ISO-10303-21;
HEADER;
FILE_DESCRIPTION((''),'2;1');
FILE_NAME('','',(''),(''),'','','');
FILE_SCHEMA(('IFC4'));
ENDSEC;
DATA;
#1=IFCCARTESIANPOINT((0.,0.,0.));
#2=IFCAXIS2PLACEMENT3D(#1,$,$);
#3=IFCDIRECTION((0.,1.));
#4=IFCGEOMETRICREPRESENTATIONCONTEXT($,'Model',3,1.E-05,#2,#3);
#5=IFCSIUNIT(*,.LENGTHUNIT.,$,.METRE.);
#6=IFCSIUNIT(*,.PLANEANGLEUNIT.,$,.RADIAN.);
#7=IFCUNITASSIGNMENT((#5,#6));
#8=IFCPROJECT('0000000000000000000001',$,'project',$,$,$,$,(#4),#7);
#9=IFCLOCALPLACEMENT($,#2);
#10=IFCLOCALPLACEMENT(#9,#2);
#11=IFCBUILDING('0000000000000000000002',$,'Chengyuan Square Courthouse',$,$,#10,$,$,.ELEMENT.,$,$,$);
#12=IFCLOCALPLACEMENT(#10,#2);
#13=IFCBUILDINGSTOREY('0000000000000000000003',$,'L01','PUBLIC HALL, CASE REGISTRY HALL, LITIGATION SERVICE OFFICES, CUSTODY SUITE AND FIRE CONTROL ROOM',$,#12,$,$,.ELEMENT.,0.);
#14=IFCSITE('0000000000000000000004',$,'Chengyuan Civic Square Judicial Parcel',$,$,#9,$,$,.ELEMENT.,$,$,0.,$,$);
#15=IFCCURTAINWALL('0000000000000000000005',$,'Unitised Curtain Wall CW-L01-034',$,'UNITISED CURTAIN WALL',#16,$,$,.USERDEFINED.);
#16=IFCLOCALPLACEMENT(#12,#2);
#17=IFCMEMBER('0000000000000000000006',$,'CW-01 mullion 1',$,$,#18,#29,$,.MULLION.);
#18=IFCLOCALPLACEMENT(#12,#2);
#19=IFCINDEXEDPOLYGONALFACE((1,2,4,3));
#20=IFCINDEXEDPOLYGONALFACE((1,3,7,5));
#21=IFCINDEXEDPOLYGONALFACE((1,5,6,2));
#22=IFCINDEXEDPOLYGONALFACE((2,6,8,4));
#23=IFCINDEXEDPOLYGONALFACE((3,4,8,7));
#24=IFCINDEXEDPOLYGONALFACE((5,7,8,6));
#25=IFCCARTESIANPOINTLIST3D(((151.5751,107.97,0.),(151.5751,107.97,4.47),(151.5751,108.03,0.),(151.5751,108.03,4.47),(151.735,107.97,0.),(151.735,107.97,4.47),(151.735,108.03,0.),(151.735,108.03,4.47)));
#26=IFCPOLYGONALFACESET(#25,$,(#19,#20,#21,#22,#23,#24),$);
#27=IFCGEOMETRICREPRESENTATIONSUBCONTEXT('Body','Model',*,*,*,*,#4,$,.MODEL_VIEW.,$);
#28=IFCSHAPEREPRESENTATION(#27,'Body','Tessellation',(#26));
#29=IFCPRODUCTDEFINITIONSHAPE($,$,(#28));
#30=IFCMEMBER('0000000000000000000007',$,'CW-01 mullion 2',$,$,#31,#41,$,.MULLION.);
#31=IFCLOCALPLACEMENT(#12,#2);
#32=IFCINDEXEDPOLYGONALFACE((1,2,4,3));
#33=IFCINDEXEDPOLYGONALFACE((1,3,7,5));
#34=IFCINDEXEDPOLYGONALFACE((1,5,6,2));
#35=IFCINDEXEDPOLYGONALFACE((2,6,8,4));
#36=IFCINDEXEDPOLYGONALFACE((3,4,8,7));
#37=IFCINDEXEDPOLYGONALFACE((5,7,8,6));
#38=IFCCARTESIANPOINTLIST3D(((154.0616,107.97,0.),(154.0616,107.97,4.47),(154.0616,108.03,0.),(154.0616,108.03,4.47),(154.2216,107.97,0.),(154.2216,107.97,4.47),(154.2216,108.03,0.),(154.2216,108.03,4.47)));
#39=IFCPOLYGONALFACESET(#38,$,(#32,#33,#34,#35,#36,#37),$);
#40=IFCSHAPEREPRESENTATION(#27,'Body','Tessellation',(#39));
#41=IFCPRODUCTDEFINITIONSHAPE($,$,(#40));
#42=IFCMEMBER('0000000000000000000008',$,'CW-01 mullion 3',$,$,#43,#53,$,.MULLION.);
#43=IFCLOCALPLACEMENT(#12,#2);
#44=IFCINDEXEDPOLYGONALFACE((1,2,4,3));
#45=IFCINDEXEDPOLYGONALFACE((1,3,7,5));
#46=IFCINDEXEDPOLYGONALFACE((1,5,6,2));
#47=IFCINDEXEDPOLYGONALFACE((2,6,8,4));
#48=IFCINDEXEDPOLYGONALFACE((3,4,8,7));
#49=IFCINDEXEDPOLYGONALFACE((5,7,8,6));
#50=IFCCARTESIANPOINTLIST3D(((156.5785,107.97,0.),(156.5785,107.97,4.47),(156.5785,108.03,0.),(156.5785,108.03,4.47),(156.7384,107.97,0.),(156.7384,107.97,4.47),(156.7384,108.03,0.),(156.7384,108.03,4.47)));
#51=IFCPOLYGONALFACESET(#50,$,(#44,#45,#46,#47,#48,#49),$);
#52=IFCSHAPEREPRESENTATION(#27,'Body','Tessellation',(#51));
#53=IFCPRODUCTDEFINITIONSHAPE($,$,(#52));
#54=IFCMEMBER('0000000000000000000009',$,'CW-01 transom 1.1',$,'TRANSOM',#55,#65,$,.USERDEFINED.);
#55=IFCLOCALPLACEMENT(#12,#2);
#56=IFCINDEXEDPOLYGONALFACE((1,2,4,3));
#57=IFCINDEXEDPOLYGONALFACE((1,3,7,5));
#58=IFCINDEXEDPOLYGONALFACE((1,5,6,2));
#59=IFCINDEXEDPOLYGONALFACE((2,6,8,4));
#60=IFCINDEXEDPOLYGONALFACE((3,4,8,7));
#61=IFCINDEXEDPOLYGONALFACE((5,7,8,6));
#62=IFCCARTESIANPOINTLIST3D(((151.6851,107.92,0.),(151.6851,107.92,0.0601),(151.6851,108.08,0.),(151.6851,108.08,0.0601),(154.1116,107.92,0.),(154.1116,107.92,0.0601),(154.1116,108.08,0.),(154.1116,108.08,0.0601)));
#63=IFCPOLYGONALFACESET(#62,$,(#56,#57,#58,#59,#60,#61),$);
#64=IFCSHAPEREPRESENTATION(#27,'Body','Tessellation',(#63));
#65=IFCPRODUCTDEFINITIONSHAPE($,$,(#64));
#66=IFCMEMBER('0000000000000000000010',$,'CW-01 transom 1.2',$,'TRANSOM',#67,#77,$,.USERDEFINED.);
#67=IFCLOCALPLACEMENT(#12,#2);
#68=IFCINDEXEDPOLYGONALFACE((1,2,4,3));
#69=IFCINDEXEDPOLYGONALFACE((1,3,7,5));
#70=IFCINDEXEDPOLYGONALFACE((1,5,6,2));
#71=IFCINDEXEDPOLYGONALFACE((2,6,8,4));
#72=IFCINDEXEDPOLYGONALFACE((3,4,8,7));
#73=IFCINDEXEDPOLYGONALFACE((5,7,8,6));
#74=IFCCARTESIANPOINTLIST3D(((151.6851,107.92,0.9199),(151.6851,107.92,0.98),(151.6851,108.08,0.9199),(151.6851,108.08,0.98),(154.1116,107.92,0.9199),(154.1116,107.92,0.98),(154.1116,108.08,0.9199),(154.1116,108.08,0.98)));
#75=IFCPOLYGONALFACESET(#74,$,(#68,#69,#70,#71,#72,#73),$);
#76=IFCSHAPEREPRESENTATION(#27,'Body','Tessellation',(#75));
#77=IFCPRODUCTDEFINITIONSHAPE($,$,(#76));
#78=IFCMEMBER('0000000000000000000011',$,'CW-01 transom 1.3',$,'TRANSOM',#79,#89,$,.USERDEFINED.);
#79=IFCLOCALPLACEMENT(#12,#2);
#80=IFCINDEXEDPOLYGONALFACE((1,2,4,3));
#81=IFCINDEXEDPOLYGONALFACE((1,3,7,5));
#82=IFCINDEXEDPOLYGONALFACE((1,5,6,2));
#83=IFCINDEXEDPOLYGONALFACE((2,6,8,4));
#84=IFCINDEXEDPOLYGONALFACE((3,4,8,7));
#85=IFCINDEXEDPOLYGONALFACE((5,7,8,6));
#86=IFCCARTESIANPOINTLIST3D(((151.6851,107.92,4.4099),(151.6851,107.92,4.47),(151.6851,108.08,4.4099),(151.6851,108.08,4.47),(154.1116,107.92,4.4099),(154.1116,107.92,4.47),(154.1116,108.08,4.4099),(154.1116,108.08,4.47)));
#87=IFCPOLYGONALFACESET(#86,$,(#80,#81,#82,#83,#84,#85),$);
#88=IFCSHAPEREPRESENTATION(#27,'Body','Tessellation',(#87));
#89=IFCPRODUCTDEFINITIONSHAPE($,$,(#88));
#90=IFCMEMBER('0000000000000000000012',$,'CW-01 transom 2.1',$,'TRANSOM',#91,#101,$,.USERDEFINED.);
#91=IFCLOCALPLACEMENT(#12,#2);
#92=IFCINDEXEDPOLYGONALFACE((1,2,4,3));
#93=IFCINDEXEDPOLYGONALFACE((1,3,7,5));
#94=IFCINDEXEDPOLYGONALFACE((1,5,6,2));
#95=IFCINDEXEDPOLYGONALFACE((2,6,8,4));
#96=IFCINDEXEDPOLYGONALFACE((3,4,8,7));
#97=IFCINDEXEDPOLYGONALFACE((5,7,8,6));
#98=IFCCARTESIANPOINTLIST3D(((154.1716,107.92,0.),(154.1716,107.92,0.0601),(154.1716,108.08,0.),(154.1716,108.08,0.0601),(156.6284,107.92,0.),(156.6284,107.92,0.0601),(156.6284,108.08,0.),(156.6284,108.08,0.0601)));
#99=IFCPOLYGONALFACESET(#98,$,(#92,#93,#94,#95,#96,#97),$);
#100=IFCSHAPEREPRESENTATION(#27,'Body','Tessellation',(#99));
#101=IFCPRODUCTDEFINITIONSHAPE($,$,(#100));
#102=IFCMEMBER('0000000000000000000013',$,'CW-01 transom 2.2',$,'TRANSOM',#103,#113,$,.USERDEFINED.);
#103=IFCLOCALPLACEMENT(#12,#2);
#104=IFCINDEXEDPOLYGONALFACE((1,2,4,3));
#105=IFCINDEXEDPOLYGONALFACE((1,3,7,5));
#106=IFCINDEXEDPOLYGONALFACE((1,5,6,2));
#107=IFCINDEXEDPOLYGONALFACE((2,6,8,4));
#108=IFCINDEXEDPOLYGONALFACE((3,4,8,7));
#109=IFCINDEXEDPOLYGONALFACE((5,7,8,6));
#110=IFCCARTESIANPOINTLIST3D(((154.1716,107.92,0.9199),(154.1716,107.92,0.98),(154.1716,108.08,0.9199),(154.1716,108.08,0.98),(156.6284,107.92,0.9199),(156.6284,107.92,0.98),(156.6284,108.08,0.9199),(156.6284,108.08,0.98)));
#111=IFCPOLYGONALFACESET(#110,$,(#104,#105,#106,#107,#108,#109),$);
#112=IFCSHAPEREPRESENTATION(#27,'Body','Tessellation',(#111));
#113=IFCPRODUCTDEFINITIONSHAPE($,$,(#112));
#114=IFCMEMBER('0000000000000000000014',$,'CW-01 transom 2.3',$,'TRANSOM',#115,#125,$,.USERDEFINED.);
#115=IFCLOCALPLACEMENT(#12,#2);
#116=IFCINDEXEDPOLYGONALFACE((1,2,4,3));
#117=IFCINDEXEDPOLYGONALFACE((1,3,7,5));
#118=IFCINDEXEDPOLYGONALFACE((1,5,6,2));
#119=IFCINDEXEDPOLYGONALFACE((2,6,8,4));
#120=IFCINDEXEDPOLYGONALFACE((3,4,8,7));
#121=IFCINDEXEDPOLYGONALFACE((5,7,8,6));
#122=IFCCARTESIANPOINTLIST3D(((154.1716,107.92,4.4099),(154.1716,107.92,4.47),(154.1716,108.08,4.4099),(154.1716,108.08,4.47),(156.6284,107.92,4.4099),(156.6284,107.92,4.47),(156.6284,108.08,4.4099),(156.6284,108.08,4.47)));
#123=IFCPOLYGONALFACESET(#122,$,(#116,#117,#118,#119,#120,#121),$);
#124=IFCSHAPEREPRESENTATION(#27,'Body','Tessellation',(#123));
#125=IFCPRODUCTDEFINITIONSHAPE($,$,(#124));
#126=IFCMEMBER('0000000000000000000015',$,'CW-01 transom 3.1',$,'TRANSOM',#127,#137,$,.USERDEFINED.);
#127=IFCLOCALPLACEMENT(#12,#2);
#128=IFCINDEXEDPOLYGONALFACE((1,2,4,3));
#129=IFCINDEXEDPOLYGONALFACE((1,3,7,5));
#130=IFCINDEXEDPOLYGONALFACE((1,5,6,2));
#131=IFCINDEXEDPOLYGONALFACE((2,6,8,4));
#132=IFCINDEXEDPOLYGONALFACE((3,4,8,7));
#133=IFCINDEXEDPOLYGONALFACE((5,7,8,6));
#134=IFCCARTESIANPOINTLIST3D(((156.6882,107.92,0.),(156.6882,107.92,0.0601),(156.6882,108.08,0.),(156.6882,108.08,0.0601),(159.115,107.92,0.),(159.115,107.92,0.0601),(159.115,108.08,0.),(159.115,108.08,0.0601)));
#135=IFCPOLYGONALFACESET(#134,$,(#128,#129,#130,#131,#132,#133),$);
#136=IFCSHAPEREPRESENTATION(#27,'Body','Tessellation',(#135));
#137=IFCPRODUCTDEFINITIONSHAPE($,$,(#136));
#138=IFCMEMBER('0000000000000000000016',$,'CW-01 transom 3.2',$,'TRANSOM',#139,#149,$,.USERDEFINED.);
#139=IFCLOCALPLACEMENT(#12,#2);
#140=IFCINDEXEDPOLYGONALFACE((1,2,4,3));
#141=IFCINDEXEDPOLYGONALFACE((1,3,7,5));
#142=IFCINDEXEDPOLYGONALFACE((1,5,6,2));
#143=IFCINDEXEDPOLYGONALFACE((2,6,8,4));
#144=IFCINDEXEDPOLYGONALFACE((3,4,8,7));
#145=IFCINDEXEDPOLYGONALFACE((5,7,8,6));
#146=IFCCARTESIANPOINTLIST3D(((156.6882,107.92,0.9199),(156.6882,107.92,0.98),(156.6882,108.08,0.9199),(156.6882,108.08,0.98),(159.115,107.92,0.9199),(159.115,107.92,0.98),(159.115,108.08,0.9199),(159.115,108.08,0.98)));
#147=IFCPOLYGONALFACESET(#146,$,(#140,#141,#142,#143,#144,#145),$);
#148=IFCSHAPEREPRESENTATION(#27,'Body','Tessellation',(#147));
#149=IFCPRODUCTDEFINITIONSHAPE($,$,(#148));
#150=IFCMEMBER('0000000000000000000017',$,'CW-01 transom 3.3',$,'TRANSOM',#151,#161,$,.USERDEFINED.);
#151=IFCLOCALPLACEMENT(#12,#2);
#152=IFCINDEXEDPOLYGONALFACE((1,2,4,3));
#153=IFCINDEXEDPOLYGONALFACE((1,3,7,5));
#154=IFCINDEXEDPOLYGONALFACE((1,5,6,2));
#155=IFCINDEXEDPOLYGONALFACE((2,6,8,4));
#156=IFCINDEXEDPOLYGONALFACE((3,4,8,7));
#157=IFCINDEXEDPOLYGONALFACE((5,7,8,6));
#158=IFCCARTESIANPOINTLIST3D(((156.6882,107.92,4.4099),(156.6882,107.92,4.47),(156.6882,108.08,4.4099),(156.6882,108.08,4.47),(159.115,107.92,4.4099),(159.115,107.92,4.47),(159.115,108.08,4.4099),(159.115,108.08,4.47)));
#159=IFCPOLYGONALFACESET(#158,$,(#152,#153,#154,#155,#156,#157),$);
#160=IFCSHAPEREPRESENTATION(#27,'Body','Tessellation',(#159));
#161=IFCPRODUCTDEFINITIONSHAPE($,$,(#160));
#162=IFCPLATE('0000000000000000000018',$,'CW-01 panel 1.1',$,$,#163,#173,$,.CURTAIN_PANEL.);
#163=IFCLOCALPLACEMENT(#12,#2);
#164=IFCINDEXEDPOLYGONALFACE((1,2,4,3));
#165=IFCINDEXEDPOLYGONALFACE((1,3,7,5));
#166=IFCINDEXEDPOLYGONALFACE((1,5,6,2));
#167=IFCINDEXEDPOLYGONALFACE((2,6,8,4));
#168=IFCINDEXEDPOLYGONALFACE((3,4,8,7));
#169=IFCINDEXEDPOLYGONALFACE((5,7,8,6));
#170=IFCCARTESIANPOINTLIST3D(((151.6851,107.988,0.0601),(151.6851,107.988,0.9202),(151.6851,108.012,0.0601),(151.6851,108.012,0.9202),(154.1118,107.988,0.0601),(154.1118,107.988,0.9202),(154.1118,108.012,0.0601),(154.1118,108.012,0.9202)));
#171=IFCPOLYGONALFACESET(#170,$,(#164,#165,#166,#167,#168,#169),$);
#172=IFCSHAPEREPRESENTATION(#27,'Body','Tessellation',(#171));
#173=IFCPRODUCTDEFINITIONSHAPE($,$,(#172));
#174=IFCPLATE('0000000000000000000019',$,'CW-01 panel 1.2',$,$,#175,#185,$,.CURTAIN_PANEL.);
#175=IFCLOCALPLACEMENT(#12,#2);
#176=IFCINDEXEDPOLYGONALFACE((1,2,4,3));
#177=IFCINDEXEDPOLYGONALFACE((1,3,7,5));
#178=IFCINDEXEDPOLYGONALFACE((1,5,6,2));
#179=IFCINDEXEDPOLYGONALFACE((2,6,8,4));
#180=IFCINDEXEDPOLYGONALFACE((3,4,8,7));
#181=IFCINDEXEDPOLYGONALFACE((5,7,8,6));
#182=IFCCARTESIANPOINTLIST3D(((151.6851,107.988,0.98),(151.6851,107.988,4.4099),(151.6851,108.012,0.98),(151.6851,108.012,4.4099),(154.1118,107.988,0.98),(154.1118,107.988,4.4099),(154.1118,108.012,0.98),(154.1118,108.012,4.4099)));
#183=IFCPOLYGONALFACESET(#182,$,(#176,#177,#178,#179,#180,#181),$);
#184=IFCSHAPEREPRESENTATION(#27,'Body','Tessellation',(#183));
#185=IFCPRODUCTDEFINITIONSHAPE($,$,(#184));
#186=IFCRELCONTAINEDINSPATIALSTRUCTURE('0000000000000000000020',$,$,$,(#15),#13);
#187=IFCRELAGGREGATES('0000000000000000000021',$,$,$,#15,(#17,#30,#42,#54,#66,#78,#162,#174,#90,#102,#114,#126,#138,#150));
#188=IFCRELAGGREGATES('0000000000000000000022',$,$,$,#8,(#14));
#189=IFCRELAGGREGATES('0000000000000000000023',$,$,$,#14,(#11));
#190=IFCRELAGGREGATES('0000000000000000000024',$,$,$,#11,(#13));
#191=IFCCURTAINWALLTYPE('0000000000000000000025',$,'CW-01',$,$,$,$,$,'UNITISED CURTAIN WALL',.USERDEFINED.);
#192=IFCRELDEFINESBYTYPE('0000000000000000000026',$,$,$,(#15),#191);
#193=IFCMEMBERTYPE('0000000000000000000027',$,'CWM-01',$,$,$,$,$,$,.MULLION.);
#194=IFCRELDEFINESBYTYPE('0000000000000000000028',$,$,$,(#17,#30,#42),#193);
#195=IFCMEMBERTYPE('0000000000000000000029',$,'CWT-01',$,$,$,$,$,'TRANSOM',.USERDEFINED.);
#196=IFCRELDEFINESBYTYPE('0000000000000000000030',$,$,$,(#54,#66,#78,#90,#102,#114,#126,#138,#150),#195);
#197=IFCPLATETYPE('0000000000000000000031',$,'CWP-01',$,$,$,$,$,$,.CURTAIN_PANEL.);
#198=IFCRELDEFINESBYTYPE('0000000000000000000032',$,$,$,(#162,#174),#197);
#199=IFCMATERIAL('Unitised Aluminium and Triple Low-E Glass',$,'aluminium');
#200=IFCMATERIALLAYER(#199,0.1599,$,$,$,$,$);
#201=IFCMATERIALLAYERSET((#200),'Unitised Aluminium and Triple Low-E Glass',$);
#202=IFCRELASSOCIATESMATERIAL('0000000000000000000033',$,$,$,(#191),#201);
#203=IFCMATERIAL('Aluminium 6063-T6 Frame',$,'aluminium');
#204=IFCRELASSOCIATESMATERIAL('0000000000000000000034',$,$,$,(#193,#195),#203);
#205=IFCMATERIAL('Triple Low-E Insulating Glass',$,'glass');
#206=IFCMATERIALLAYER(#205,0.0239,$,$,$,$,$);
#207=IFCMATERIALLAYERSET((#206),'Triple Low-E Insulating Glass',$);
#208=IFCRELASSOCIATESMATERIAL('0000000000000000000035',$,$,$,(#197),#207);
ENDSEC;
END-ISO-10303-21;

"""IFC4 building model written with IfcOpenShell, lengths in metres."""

from ifc_helpers import new_model, si_unit, direction, frame, origin, origin_2d, place, context, subcontext, project, spatial, rectangle, extrude, material, layer, layer_set, material_profile, profile_set, type_object, element, aggregate, save


model = new_model("IFC4")

# Units and contexts
model_context = context("Model", 3, precision=1e-05, world=origin(), true_north=direction((0.0, 1.0)))
body_context = subcontext(model_context, "Body", "Model", "MODEL_VIEW")
ifc_project = project(units=[si_unit("LENGTHUNIT", "METRE"), si_unit("PLANEANGLEUNIT", "RADIAN")], contexts=[model_context])

# Site, building, storey
site_placement = place(None, origin())
site = spatial("IfcSite", under=ifc_project, at=site_placement, Name="Chengyuan Civic Square Judicial Parcel", CompositionType="ELEMENT", RefElevation=0.0)
building_placement = place(site_placement, origin())
building = spatial("IfcBuilding", under=site, at=building_placement, Name="Chengyuan Square Courthouse", CompositionType="ELEMENT")
storey_placement = place(building_placement, origin())
storey = spatial("IfcBuildingStorey", under=building, at=storey_placement, Name="L01", Description="PUBLIC HALL, CASE REGISTRY HALL, LITIGATION SERVICE OFFICES, CUSTODY SUITE AND FIRE CONTROL ROOM", CompositionType="ELEMENT", Elevation=0.0)

# Curtain wall, members, plates
ifc_material_1 = material(Name="Unitised Aluminium and Triple Low-E Glass", Category="aluminium")
ifc_layer_1 = layer(ifc_material_1, 0.1599)
ifc_layer_set_1 = layer_set([ifc_layer_1], Name="Unitised Aluminium and Triple Low-E Glass")
curtain_wall_type = type_object("IfcCurtainWallType", Name="CW-01", ElementType="UNITISED CURTAIN WALL", PredefinedType="USERDEFINED", material=ifc_layer_set_1)
curtain_wall_placement = place(storey_placement, origin())
curtain_wall = element("IfcCurtainWall", 1, at=curtain_wall_placement, inside=storey, type_object=curtain_wall_type, Name="Unitised Curtain Wall CW-L01-034", ObjectType="UNITISED CURTAIN WALL", PredefinedType="USERDEFINED")
ifc_material_2 = material(Name="Aluminium 6063-T6 Frame", Category="aluminium")
ifc_material_profile_1 = material_profile(ifc_material_2, rectangle(XDim=0.0601, YDim=0.1599, at=origin_2d()), Name="CW-MUL-60x160")
ifc_profile_set_1 = profile_set([ifc_material_profile_1], Name="Aluminium 6063-T6 Frame")
member_type_1 = type_object("IfcMemberType", Name="CWM-01", PredefinedType="MULLION", material=ifc_profile_set_1)
member_1_placement = place(storey_placement, frame((151.655, 108.0, 0.0), z_axis=(0.0, 0.0, 1.0), x_axis=(0.0, 1.0, 0.0)))
member_1 = element("IfcMember", 2, at=member_1_placement, type_object=member_type_1, Name="CW-01 mullion 1", PredefinedType="MULLION", context=body_context, shape_type="SweptSolid", body=[
    extrude(rectangle(XDim=0.0601, YDim=0.1599, at=origin_2d()), origin(), (0.0, 0.0, 1.0), 4.47),
])
member_2_placement = place(storey_placement, frame((154.1416, 108.0, 0.0), z_axis=(0.0, 0.0, 1.0), x_axis=(0.0, 1.0, 0.0)))
member_2 = element("IfcMember", 3, at=member_2_placement, type_object=member_type_1, Name="CW-01 mullion 2", PredefinedType="MULLION", context=body_context, shape_type="SweptSolid", body=[
    extrude(rectangle(XDim=0.0601, YDim=0.1599, at=origin_2d()), origin(), (0.0, 0.0, 1.0), 4.47),
])
member_3_placement = place(storey_placement, frame((156.6584, 108.0, 0.0), z_axis=(0.0, 0.0, 1.0), x_axis=(0.0, 1.0, 0.0)))
member_3 = element("IfcMember", 4, at=member_3_placement, type_object=member_type_1, Name="CW-01 mullion 3", PredefinedType="MULLION", context=body_context, shape_type="SweptSolid", body=[
    extrude(rectangle(XDim=0.0601, YDim=0.1599, at=origin_2d()), origin(), (0.0, 0.0, 1.0), 4.47),
])
ifc_material_profile_2 = material_profile(ifc_material_2, rectangle(XDim=0.1599, YDim=0.0601, at=origin_2d()), Name="CW-TRN-60x120")
ifc_profile_set_2 = profile_set([ifc_material_profile_2], Name="Aluminium 6063-T6 Frame")
member_type_2 = type_object("IfcMemberType", Name="CWT-01", ElementType="TRANSOM", PredefinedType="USERDEFINED", material=ifc_profile_set_2)
member_4_placement = place(storey_placement, frame((151.6851, 108.0, 0.03), z_axis=(1.0, 0.0, 0.0), x_axis=(0.0, 1.0, 0.0)))
member_4 = element("IfcMember", 5, at=member_4_placement, type_object=member_type_2, Name="CW-01 transom 1.1", ObjectType="TRANSOM", PredefinedType="USERDEFINED", context=body_context, shape_type="SweptSolid", body=[
    extrude(rectangle(XDim=0.1599, YDim=0.0601, at=origin_2d()), origin(), (0.0, 0.0, 1.0), 2.4265),
])
member_5_placement = place(storey_placement, frame((151.6851, 108.0, 0.95), z_axis=(1.0, 0.0, 0.0), x_axis=(0.0, 1.0, 0.0)))
member_5 = element("IfcMember", 6, at=member_5_placement, type_object=member_type_2, Name="CW-01 transom 1.2", ObjectType="TRANSOM", PredefinedType="USERDEFINED", context=body_context, shape_type="SweptSolid", body=[
    extrude(rectangle(XDim=0.1599, YDim=0.0601, at=origin_2d()), origin(), (0.0, 0.0, 1.0), 2.4265),
])
member_6_placement = place(storey_placement, frame((151.6851, 108.0, 4.4399), z_axis=(1.0, 0.0, 0.0), x_axis=(0.0, 1.0, 0.0)))
member_6 = element("IfcMember", 7, at=member_6_placement, type_object=member_type_2, Name="CW-01 transom 1.3", ObjectType="TRANSOM", PredefinedType="USERDEFINED", context=body_context, shape_type="SweptSolid", body=[
    extrude(rectangle(XDim=0.1599, YDim=0.0601, at=origin_2d()), origin(), (0.0, 0.0, 1.0), 2.4265),
])
member_7_placement = place(storey_placement, frame((154.1716, 108.0, 0.03), z_axis=(1.0, 0.0, 0.0), x_axis=(0.0, 1.0, 0.0)))
member_7 = element("IfcMember", 8, at=member_7_placement, type_object=member_type_2, Name="CW-01 transom 2.1", ObjectType="TRANSOM", PredefinedType="USERDEFINED", context=body_context, shape_type="SweptSolid", body=[
    extrude(rectangle(XDim=0.1599, YDim=0.0601, at=origin_2d()), origin(), (0.0, 0.0, 1.0), 2.4568),
])
member_8_placement = place(storey_placement, frame((154.1716, 108.0, 0.95), z_axis=(1.0, 0.0, 0.0), x_axis=(0.0, 1.0, 0.0)))
member_8 = element("IfcMember", 9, at=member_8_placement, type_object=member_type_2, Name="CW-01 transom 2.2", ObjectType="TRANSOM", PredefinedType="USERDEFINED", context=body_context, shape_type="SweptSolid", body=[
    extrude(rectangle(XDim=0.1599, YDim=0.0601, at=origin_2d()), origin(), (0.0, 0.0, 1.0), 2.4568),
])
member_9_placement = place(storey_placement, frame((154.1716, 108.0, 4.4399), z_axis=(1.0, 0.0, 0.0), x_axis=(0.0, 1.0, 0.0)))
member_9 = element("IfcMember", 10, at=member_9_placement, type_object=member_type_2, Name="CW-01 transom 2.3", ObjectType="TRANSOM", PredefinedType="USERDEFINED", context=body_context, shape_type="SweptSolid", body=[
    extrude(rectangle(XDim=0.1599, YDim=0.0601, at=origin_2d()), origin(), (0.0, 0.0, 1.0), 2.4568),
])
member_10_placement = place(storey_placement, frame((156.6882, 108.0, 0.03), z_axis=(1.0, 0.0, 0.0), x_axis=(0.0, 1.0, 0.0)))
member_10 = element("IfcMember", 11, at=member_10_placement, type_object=member_type_2, Name="CW-01 transom 3.1", ObjectType="TRANSOM", PredefinedType="USERDEFINED", context=body_context, shape_type="SweptSolid", body=[
    extrude(rectangle(XDim=0.1599, YDim=0.0601, at=origin_2d()), origin(), (0.0, 0.0, 1.0), 2.4268),
])
member_11_placement = place(storey_placement, frame((156.6882, 108.0, 0.95), z_axis=(1.0, 0.0, 0.0), x_axis=(0.0, 1.0, 0.0)))
member_11 = element("IfcMember", 12, at=member_11_placement, type_object=member_type_2, Name="CW-01 transom 3.2", ObjectType="TRANSOM", PredefinedType="USERDEFINED", context=body_context, shape_type="SweptSolid", body=[
    extrude(rectangle(XDim=0.1599, YDim=0.0601, at=origin_2d()), origin(), (0.0, 0.0, 1.0), 2.4268),
])
member_12_placement = place(storey_placement, frame((156.6882, 108.0, 4.4399), z_axis=(1.0, 0.0, 0.0), x_axis=(0.0, 1.0, 0.0)))
member_12 = element("IfcMember", 13, at=member_12_placement, type_object=member_type_2, Name="CW-01 transom 3.3", ObjectType="TRANSOM", PredefinedType="USERDEFINED", context=body_context, shape_type="SweptSolid", body=[
    extrude(rectangle(XDim=0.1599, YDim=0.0601, at=origin_2d()), origin(), (0.0, 0.0, 1.0), 2.4268),
])
ifc_material_3 = material(Name="Triple Low-E Insulating Glass", Category="glass")
ifc_layer_2 = layer(ifc_material_3, 0.0239)
ifc_layer_set_2 = layer_set([ifc_layer_2], Name="Triple Low-E Insulating Glass")
plate_type = type_object("IfcPlateType", Name="CWP-01", PredefinedType="CURTAIN_PANEL", material=ifc_layer_set_2)
plate_1_placement = place(storey_placement, frame((152.8984, 108.0, 0.0601), z_axis=(0.0, 0.0, 1.0), x_axis=(1.0, 0.0, 0.0)))
plate_1 = element("IfcPlate", 14, at=plate_1_placement, type_object=plate_type, Name="CW-01 panel 1.1", PredefinedType="CURTAIN_PANEL", context=body_context, shape_type="SweptSolid", body=[
    extrude(rectangle(XDim=2.4268, YDim=0.0239, at=origin_2d()), origin(), (0.0, 0.0, 1.0), 0.8601),
])
plate_2_placement = place(storey_placement, frame((152.8984, 108.0, 0.98), z_axis=(0.0, 0.0, 1.0), x_axis=(1.0, 0.0, 0.0)))
plate_2 = element("IfcPlate", 15, at=plate_2_placement, type_object=plate_type, Name="CW-01 panel 1.2", PredefinedType="CURTAIN_PANEL", context=body_context, shape_type="SweptSolid", body=[
    extrude(rectangle(XDim=2.4268, YDim=0.0239, at=origin_2d()), origin(), (0.0, 0.0, 1.0), 3.4299),
])
aggregate(curtain_wall, [member_1, member_2, member_3, member_4, member_5, member_6, plate_1, plate_2, member_7, member_8, member_9, member_10, member_11, member_12])

save(model, "model.ifc")
